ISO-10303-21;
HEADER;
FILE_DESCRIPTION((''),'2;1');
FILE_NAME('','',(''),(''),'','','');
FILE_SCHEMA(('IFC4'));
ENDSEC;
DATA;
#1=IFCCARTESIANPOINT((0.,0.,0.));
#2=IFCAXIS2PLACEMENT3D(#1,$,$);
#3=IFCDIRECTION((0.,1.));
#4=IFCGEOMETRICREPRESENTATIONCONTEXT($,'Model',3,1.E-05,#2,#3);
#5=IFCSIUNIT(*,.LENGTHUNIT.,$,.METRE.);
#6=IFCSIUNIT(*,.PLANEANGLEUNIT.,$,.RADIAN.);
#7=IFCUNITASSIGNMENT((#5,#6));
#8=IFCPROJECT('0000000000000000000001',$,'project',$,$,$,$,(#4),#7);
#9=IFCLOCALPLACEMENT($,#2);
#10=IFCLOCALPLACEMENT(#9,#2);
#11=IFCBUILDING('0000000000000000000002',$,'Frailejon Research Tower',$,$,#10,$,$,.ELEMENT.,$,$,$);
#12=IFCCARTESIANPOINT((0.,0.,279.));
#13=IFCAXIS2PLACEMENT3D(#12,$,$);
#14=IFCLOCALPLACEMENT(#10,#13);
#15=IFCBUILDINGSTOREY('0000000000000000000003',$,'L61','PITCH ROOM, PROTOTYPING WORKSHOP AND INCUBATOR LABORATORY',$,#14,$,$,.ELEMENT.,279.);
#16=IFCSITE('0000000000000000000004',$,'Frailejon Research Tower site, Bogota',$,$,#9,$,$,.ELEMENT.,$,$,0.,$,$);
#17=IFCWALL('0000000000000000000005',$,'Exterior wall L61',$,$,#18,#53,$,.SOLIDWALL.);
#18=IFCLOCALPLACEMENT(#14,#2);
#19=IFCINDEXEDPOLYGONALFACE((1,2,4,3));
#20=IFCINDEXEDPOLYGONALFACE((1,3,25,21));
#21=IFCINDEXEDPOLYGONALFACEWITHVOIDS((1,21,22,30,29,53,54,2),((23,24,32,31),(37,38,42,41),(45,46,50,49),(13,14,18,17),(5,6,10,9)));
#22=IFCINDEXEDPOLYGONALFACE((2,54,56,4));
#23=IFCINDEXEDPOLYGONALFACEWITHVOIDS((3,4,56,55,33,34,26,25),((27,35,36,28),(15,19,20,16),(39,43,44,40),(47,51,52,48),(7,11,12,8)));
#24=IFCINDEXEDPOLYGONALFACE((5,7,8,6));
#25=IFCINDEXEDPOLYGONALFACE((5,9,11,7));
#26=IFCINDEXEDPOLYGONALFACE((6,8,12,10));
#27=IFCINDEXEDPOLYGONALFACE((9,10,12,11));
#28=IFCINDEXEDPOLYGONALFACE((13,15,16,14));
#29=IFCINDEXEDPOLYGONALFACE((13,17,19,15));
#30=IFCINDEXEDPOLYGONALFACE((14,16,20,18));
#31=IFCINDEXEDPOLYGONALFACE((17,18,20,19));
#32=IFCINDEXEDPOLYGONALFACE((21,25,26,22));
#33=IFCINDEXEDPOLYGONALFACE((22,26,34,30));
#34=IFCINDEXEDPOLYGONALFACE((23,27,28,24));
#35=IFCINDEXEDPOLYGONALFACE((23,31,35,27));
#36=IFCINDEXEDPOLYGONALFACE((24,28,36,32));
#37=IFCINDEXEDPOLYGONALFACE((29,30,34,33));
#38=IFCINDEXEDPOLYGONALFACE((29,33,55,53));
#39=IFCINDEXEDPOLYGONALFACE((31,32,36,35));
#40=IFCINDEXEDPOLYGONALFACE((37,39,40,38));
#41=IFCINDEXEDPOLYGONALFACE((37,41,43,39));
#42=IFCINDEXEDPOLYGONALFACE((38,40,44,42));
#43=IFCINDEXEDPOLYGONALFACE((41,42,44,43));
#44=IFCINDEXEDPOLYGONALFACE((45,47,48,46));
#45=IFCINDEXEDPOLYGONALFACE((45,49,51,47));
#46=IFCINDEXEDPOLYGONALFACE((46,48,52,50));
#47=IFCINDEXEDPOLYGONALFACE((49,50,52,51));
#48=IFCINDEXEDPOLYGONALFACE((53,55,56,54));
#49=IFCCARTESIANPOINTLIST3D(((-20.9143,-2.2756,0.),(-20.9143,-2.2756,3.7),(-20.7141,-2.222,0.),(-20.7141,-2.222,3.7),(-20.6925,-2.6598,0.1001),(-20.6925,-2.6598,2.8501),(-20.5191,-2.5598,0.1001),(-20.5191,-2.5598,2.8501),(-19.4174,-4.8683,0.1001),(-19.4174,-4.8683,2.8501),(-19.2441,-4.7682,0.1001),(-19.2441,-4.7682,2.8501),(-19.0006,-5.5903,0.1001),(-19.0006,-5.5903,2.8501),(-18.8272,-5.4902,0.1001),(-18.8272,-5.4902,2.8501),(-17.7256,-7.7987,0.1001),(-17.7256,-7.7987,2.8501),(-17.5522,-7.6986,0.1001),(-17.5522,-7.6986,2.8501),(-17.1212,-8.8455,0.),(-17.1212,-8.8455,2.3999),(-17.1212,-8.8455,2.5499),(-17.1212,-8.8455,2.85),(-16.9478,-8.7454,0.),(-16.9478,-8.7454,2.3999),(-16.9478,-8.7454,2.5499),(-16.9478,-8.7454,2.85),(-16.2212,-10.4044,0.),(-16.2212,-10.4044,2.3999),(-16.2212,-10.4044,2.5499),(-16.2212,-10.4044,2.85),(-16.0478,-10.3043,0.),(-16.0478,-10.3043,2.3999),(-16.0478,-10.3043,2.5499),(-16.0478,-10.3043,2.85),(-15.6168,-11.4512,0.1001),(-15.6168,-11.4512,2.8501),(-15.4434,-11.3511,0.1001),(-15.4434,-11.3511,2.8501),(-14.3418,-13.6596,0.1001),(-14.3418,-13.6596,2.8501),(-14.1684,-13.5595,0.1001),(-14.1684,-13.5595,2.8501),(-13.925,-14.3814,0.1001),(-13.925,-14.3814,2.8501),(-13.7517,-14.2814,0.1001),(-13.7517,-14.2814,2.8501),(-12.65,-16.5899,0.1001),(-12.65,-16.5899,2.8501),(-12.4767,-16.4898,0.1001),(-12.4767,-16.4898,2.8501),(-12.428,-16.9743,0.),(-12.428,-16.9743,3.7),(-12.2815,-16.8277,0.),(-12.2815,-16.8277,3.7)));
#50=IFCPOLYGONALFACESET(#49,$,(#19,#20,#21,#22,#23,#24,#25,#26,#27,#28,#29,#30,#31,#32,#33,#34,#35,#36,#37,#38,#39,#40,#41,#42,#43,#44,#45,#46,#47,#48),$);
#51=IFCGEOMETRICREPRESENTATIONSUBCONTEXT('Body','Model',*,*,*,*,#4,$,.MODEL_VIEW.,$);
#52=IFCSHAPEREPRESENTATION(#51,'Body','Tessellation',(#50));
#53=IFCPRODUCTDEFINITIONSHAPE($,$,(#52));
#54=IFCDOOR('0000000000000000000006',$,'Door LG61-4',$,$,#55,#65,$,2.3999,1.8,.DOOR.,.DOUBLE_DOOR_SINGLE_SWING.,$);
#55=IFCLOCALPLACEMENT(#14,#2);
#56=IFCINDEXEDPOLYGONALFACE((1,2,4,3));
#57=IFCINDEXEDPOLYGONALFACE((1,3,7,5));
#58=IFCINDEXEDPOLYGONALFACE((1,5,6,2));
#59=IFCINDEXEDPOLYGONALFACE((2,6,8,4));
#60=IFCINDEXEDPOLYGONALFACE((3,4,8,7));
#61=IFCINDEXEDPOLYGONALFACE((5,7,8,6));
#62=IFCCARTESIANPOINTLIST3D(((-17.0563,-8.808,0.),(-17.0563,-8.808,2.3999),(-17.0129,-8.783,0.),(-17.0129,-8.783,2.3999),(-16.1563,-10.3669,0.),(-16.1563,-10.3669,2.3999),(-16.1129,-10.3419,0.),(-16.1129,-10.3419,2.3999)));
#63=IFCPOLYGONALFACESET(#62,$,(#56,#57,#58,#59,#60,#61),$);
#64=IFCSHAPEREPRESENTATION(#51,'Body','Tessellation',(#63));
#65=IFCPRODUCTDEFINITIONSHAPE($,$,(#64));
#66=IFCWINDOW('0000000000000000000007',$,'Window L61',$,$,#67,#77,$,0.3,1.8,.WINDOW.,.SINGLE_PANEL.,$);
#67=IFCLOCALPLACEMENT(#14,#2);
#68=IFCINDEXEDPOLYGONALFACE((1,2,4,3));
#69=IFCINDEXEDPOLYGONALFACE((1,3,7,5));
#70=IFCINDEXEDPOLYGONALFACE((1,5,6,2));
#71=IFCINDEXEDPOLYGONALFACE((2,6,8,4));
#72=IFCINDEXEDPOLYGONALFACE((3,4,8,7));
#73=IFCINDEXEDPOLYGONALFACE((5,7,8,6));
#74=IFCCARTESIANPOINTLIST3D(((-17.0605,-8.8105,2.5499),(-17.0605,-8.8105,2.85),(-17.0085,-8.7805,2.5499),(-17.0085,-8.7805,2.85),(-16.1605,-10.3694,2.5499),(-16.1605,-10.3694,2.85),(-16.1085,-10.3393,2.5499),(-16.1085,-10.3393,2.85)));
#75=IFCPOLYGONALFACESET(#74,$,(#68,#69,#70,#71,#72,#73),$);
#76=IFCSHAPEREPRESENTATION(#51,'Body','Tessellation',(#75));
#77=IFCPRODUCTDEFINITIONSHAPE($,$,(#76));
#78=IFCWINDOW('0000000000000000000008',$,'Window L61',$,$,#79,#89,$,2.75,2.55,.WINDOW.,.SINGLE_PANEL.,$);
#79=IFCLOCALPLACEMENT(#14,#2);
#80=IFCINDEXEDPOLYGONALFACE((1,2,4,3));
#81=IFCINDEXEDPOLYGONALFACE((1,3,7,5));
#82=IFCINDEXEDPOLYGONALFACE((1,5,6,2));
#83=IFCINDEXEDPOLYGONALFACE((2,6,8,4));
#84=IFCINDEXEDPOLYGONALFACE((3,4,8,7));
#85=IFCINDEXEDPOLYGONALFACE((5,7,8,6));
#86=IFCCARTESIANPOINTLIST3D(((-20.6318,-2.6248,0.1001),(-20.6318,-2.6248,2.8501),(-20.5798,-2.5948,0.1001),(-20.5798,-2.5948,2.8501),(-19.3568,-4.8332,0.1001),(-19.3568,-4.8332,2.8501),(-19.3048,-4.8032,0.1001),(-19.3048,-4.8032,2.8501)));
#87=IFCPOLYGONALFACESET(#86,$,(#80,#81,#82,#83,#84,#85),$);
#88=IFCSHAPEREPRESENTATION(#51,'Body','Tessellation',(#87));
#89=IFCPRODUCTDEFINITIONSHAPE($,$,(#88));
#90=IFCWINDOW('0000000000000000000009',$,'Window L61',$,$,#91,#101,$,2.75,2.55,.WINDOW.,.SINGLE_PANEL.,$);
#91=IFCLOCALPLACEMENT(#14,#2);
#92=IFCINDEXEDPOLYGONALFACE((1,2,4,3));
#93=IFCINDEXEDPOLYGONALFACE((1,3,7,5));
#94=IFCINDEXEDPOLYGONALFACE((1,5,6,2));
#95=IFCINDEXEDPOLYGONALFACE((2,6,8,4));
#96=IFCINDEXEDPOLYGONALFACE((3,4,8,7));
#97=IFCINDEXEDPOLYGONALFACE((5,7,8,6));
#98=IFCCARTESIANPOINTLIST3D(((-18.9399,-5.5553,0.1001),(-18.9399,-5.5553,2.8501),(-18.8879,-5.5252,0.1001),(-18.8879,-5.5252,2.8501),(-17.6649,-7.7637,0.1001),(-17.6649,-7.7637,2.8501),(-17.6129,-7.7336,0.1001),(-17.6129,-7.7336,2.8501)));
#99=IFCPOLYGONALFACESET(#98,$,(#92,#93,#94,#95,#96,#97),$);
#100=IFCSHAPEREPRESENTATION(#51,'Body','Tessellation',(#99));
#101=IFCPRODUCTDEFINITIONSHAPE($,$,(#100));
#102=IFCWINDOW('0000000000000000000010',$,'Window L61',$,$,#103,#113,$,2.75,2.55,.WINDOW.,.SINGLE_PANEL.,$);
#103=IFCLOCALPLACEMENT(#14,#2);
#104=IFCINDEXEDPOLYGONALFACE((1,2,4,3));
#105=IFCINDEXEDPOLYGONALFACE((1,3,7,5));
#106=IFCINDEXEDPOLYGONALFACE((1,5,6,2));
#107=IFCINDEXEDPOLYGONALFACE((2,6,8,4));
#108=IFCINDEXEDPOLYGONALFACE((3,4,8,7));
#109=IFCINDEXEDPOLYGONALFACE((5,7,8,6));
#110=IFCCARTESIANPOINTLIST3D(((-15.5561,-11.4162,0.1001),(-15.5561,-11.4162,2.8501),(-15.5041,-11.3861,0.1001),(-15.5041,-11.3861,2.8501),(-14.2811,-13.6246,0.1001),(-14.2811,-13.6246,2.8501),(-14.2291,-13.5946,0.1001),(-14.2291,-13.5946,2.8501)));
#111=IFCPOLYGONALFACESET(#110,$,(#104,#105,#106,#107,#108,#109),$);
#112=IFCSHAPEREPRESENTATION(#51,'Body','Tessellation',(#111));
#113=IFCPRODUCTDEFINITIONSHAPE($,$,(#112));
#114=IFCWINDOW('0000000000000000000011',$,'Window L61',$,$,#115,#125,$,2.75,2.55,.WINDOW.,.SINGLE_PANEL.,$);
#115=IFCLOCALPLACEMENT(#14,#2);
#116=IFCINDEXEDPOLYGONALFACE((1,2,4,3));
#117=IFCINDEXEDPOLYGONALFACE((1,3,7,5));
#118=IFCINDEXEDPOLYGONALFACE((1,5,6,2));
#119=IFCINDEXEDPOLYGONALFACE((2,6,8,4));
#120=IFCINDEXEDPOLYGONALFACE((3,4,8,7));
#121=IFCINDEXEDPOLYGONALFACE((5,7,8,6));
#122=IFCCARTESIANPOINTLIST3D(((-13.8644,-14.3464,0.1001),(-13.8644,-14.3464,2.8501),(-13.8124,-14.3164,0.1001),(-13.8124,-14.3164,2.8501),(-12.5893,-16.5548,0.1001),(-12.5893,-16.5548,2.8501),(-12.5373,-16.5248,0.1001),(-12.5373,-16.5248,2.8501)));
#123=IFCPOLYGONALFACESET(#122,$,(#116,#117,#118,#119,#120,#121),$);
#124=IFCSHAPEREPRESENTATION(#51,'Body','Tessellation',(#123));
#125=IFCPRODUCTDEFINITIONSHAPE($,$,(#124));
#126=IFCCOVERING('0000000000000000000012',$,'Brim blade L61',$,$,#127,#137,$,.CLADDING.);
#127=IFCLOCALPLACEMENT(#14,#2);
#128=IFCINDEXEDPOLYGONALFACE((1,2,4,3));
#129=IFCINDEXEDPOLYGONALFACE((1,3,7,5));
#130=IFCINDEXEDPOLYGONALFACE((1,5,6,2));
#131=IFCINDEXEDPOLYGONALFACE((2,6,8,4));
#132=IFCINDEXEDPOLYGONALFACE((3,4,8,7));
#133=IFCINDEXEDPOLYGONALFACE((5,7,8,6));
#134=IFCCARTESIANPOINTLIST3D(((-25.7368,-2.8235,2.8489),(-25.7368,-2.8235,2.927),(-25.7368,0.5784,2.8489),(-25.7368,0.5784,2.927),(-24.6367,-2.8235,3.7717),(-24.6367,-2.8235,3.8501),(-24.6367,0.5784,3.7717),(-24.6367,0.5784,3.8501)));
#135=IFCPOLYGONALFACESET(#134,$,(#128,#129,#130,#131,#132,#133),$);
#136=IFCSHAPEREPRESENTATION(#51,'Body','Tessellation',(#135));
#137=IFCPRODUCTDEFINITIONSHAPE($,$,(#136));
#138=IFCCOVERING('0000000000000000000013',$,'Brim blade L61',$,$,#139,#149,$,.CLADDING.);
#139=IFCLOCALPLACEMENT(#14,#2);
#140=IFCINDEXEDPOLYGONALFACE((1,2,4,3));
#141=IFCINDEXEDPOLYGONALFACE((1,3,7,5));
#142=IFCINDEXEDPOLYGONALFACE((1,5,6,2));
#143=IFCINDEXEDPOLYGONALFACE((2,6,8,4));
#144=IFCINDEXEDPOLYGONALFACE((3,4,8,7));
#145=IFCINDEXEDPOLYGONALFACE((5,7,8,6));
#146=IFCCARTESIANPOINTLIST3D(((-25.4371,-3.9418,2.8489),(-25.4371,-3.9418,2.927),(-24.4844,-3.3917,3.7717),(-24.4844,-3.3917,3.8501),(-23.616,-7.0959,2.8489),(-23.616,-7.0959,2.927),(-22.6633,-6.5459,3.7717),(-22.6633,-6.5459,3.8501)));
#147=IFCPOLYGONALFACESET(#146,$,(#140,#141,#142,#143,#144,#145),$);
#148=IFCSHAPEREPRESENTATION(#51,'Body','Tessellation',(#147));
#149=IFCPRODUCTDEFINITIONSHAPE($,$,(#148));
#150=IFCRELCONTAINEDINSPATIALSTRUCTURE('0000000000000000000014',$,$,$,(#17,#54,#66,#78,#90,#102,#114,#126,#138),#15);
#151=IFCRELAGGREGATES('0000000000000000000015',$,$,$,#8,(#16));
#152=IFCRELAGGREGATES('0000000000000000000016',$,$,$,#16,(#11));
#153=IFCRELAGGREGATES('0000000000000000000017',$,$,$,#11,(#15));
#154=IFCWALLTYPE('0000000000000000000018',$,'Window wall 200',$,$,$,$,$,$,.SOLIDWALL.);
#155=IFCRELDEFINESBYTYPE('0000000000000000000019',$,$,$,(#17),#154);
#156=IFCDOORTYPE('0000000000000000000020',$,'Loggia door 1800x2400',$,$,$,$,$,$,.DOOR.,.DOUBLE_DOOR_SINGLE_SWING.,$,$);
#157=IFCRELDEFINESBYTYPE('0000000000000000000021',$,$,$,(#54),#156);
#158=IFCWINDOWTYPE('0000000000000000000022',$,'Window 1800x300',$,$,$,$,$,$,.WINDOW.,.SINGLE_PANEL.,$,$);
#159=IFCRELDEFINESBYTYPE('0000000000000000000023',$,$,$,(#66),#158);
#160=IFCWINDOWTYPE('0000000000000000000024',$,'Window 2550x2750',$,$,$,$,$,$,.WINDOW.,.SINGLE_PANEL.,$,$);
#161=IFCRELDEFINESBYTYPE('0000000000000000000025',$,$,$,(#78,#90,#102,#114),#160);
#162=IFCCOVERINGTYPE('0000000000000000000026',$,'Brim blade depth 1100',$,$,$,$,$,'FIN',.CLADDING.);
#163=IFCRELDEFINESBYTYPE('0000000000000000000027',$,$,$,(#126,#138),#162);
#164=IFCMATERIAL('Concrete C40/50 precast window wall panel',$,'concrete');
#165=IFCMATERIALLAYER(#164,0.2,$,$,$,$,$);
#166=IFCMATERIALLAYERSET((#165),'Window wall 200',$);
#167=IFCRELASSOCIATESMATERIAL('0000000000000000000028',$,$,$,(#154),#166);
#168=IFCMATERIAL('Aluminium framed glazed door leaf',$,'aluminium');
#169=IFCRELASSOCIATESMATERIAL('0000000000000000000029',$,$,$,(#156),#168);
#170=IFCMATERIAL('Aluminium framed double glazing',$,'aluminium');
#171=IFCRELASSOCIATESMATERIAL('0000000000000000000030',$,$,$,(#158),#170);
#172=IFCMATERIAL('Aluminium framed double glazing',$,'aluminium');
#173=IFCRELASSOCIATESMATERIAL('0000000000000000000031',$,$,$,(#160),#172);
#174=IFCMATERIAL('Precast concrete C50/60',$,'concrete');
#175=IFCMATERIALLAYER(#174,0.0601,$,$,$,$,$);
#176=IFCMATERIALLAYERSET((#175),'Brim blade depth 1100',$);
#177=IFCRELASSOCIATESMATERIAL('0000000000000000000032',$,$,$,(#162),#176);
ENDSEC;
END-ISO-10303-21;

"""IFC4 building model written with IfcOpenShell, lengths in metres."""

from ifc_helpers import new_model, si_unit, direction, frame, frame_2d, origin, place, context, subcontext, project, spatial, polyline, rectangle, outline, extrude, material, layer, layer_set, type_object, element, fill, save


model = new_model("IFC4")

# Units and contexts
model_context = context("Model", 3, precision=1e-05, world=origin(), true_north=direction((0.0, 1.0)))
body_context = subcontext(model_context, "Body", "Model", "MODEL_VIEW")
ifc_project = project(units=[si_unit("LENGTHUNIT", "METRE"), si_unit("PLANEANGLEUNIT", "RADIAN")], contexts=[model_context])

# Site, building, storey
site_placement = place(None, origin())
site = spatial("IfcSite", under=ifc_project, at=site_placement, Name="Frailejon Research Tower site, Bogota", CompositionType="ELEMENT", RefElevation=0.0)
building_placement = place(site_placement, origin())
building = spatial("IfcBuilding", under=site, at=building_placement, Name="Frailejon Research Tower", CompositionType="ELEMENT")
storey_placement = place(building_placement, frame((0.0, 0.0, 279.0)))
storey = spatial("IfcBuildingStorey", under=building, at=storey_placement, Name="L61", Description="PITCH ROOM, PROTOTYPING WORKSHOP AND INCUBATOR LABORATORY", CompositionType="ELEMENT", Elevation=279.0)

# Wall, openings, door, windows
ifc_material_1 = material(Name="Concrete C40/50 precast window wall panel", Category="concrete")
ifc_layer_1 = layer(ifc_material_1, 0.2)
ifc_layer_set_1 = layer_set([ifc_layer_1], Name="Window wall 200")
wall_type = type_object("IfcWallType", Name="Window wall 200", PredefinedType="SOLIDWALL", material=ifc_layer_set_1)
wall_placement = place(storey_placement, frame((-20.8142, -2.2488, 0.0), z_axis=(0.0, 0.0, 1.0), x_axis=(0.499997, -0.866027, 0.0)))
wall = element("IfcWall", 1, at=wall_placement, inside=storey, type_object=wall_type, Name="Exterior wall L61", PredefinedType="SOLIDWALL", context=body_context, shape_type="SweptSolid", body=[
    extrude(outline(polyline([(-0.0269, -0.1001), (1.0339, -0.1001), (2.0947, -0.1001), (3.1555, -0.1001), (4.2163, -0.1001), (5.2771, -0.1001), (6.3379, -0.1001), (7.3987, -0.1001), (8.4595, -0.1001), (9.5203, -0.1001), (10.5811, -0.1001), (11.6418, -0.1001), (12.7026, -0.1001), (13.7634, -0.1001), (14.8242, -0.1001), (15.885, -0.1001), (16.9458, -0.1001), (16.8921, 0.1001), (15.8379, 0.1001), (14.7839, 0.1001), (13.73, 0.1001), (12.6758, 0.1001), (11.6216, 0.1001), (10.5676, 0.1001), (9.5137, 0.1001), (8.4595, 0.1001), (7.4053, 0.1001), (6.3513, 0.1001), (5.2974, 0.1001), (4.2432, 0.1001), (3.189, 0.1001), (2.135, 0.1001), (1.0811, 0.1001), (0.0269, 0.1001), (-0.0269, -0.1001)])), origin(), (0.0, 0.0, 1.0), 3.7),
])
opening_1_placement = place(wall_placement, frame((0.417, 0.0, 0.1001)))
opening_1 = element("IfcOpeningElement", 2, at=opening_1_placement, cuts=wall, PredefinedType="OPENING", context=body_context, shape_type="SweptSolid", body=[
    extrude(rectangle(XDim=2.55, YDim=2.75, at=frame_2d((1.2749, 1.375))), frame((0.0, 0.1099, 0.0), z_axis=(0.0, -1.0, 0.0), x_axis=(1.0, 0.0, 0.0)), (0.0, 0.0, 1.0), 0.22),
])
opening_2_placement = place(wall_placement, frame((3.8008, 0.0, 0.1001)))
opening_2 = element("IfcOpeningElement", 3, at=opening_2_placement, cuts=wall, PredefinedType="OPENING", context=body_context, shape_type="SweptSolid", body=[
    extrude(rectangle(XDim=2.55, YDim=2.75, at=frame_2d((1.2749, 1.375))), frame((0.0, 0.1099, 0.0), z_axis=(0.0, -1.0, 0.0), x_axis=(1.0, 0.0, 0.0)), (0.0, 0.0, 1.0), 0.22),
])
opening_3_placement = place(wall_placement, frame((7.5596, 0.0, 0.0)))
opening_3 = element("IfcOpeningElement", 4, at=opening_3_placement, cuts=wall, PredefinedType="OPENING", context=body_context, shape_type="SweptSolid", body=[
    extrude(rectangle(XDim=1.8, YDim=2.3999, at=frame_2d((0.8999, 1.2))), frame((0.0, 0.1099, 0.0), z_axis=(0.0, -1.0, 0.0), x_axis=(1.0, 0.0, 0.0)), (0.0, 0.0, 1.0), 0.22),
])
opening_4_placement = place(wall_placement, frame((7.5596, 0.0, 2.55)))
opening_4 = element("IfcOpeningElement", 5, at=opening_4_placement, cuts=wall, PredefinedType="OPENING", context=body_context, shape_type="SweptSolid", body=[
    extrude(rectangle(XDim=1.8, YDim=0.3, at=frame_2d((0.8999, 0.1499))), frame((0.0, 0.1099, 0.0), z_axis=(0.0, -1.0, 0.0), x_axis=(1.0, 0.0, 0.0)), (0.0, 0.0, 1.0), 0.22),
])
opening_5_placement = place(wall_placement, frame((10.5684, 0.0, 0.1001)))
opening_5 = element("IfcOpeningElement", 6, at=opening_5_placement, cuts=wall, PredefinedType="OPENING", context=body_context, shape_type="SweptSolid", body=[
    extrude(rectangle(XDim=2.55, YDim=2.75, at=frame_2d((1.2749, 1.375))), frame((0.0, 0.1099, 0.0), z_axis=(0.0, -1.0, 0.0), x_axis=(1.0, 0.0, 0.0)), (0.0, 0.0, 1.0), 0.22),
])
opening_6_placement = place(wall_placement, frame((13.9519, 0.0, 0.1001)))
opening_6 = element("IfcOpeningElement", 7, at=opening_6_placement, cuts=wall, PredefinedType="OPENING", context=body_context, shape_type="SweptSolid", body=[
    extrude(rectangle(XDim=2.55, YDim=2.75, at=frame_2d((1.2749, 1.375))), frame((0.0, 0.1099, 0.0), z_axis=(0.0, -1.0, 0.0), x_axis=(1.0, 0.0, 0.0)), (0.0, 0.0, 1.0), 0.22),
])
ifc_material_2 = material(Name="Aluminium framed glazed door leaf", Category="aluminium")
door_type = type_object("IfcDoorType", Name="Loggia door 1800x2400", OperationType="DOUBLE_DOOR_SINGLE_SWING", PredefinedType="DOOR", material=ifc_material_2)
door_placement = place(opening_3_placement, origin())
door = element("IfcDoor", 8, at=door_placement, inside=storey, type_object=door_type, Name="Door LG61-4", OperationType="DOUBLE_DOOR_SINGLE_SWING", OverallHeight=2.3999, OverallWidth=1.8, PredefinedType="DOOR", context=body_context, shape_type="SweptSolid", body=[
    extrude(rectangle(XDim=1.8, YDim=2.3999, at=frame_2d((0.8999, 1.2))), frame((0.0, 0.0249, 0.0), z_axis=(0.0, -1.0, 0.0), x_axis=(1.0, 0.0, 0.0)), (0.0, 0.0, 1.0), 0.05),
])
fill(opening_3, door)
ifc_material_3 = material(Name="Aluminium framed double glazing", Category="aluminium")
window_type_1 = type_object("IfcWindowType", Name="Window 1800x300", PartitioningType="SINGLE_PANEL", PredefinedType="WINDOW", material=ifc_material_3)
window_1_placement = place(opening_4_placement, origin())
window_1 = element("IfcWindow", 9, at=window_1_placement, inside=storey, type_object=window_type_1, Name="Window L61", OverallHeight=0.3, OverallWidth=1.8, PartitioningType="SINGLE_PANEL", PredefinedType="WINDOW", context=body_context, shape_type="SweptSolid", body=[
    extrude(rectangle(XDim=1.8, YDim=0.3, at=frame_2d((0.8999, 0.1499))), frame((0.0, 0.03, 0.0), z_axis=(0.0, -1.0, 0.0), x_axis=(1.0, 0.0, 0.0)), (0.0, 0.0, 1.0), 0.0601),
])
fill(opening_4, window_1)
ifc_material_4 = material(Name="Aluminium framed double glazing", Category="aluminium")
window_type_2 = type_object("IfcWindowType", Name="Window 2550x2750", PartitioningType="SINGLE_PANEL", PredefinedType="WINDOW", material=ifc_material_4)
window_2_placement = place(opening_1_placement, origin())
window_2 = element("IfcWindow", 10, at=window_2_placement, inside=storey, type_object=window_type_2, Name="Window L61", OverallHeight=2.75, OverallWidth=2.55, PartitioningType="SINGLE_PANEL", PredefinedType="WINDOW", context=body_context, shape_type="SweptSolid", body=[
    extrude(rectangle(XDim=2.55, YDim=2.75, at=frame_2d((1.2749, 1.375))), frame((0.0, 0.03, 0.0), z_axis=(0.0, -1.0, 0.0), x_axis=(1.0, 0.0, 0.0)), (0.0, 0.0, 1.0), 0.0601),
])
fill(opening_1, window_2)
window_3_placement = place(opening_2_placement, origin())
window_3 = element("IfcWindow", 11, at=window_3_placement, inside=storey, type_object=window_type_2, Name="Window L61", OverallHeight=2.75, OverallWidth=2.55, PartitioningType="SINGLE_PANEL", PredefinedType="WINDOW", context=body_context, shape_type="SweptSolid", body=[
    extrude(rectangle(XDim=2.55, YDim=2.75, at=frame_2d((1.2749, 1.375))), frame((0.0, 0.03, 0.0), z_axis=(0.0, -1.0, 0.0), x_axis=(1.0, 0.0, 0.0)), (0.0, 0.0, 1.0), 0.0601),
])
fill(opening_2, window_3)
window_4_placement = place(opening_5_placement, origin())
window_4 = element("IfcWindow", 12, at=window_4_placement, inside=storey, type_object=window_type_2, Name="Window L61", OverallHeight=2.75, OverallWidth=2.55, PartitioningType="SINGLE_PANEL", PredefinedType="WINDOW", context=body_context, shape_type="SweptSolid", body=[
    extrude(rectangle(XDim=2.55, YDim=2.75, at=frame_2d((1.2749, 1.375))), frame((0.0, 0.03, 0.0), z_axis=(0.0, -1.0, 0.0), x_axis=(1.0, 0.0, 0.0)), (0.0, 0.0, 1.0), 0.0601),
])
fill(opening_5, window_4)
window_5_placement = place(opening_6_placement, origin())
window_5 = element("IfcWindow", 13, at=window_5_placement, inside=storey, type_object=window_type_2, Name="Window L61", OverallHeight=2.75, OverallWidth=2.55, PartitioningType="SINGLE_PANEL", PredefinedType="WINDOW", context=body_context, shape_type="SweptSolid", body=[
    extrude(rectangle(XDim=2.55, YDim=2.75, at=frame_2d((1.2749, 1.375))), frame((0.0, 0.03, 0.0), z_axis=(0.0, -1.0, 0.0), x_axis=(1.0, 0.0, 0.0)), (0.0, 0.0, 1.0), 0.0601),
])
fill(opening_6, window_5)

# Coverings
ifc_material_5 = material(Name="Precast concrete C50/60", Category="concrete")
ifc_layer_2 = layer(ifc_material_5, 0.0601)
ifc_layer_set_2 = layer_set([ifc_layer_2], Name="Brim blade depth 1100")
covering_type_1 = type_object("IfcCoveringType", Name="Brim blade depth 1100", ElementType="FIN", PredefinedType="CLADDING", material=ifc_layer_set_2)
covering_1_placement = place(storey_placement, frame((-24.6367, -2.8235, 3.8501), z_axis=(0.0, 1.0, 0.0), x_axis=(-1.0, 0.0, 0.0)))
element("IfcCovering", 14, at=covering_1_placement, inside=storey, type_object=covering_type_1, Name="Brim blade L61", PredefinedType="CLADDING", context=body_context, shape_type="SweptSolid", body=[
    extrude(outline(polyline([(0.0, -0.0784), (1.1001, -1.0012), (1.1001, -0.9231), (0.0, 0.0), (0.0, -0.0784)])), origin(), (0.0, 0.0, 1.0), 3.4019),
])
covering_2_placement = place(storey_placement, frame((-22.6633, -6.5459, 3.8501), z_axis=(-0.499996, 0.866028, 0.0), x_axis=(-0.866028, -0.499996, 0.0)))
element("IfcCovering", 15, at=covering_2_placement, inside=storey, type_object=covering_type_1, Name="Brim blade L61", PredefinedType="CLADDING", context=body_context, shape_type="SweptSolid", body=[
    extrude(outline(polyline([(0.0, -0.0784), (1.1001, -1.0012), (1.1001, -0.9231), (0.0, 0.0), (0.0, -0.0784)])), origin(), (0.0, 0.0, 1.0), 3.6421),
])

save(model, "model.ifc")
